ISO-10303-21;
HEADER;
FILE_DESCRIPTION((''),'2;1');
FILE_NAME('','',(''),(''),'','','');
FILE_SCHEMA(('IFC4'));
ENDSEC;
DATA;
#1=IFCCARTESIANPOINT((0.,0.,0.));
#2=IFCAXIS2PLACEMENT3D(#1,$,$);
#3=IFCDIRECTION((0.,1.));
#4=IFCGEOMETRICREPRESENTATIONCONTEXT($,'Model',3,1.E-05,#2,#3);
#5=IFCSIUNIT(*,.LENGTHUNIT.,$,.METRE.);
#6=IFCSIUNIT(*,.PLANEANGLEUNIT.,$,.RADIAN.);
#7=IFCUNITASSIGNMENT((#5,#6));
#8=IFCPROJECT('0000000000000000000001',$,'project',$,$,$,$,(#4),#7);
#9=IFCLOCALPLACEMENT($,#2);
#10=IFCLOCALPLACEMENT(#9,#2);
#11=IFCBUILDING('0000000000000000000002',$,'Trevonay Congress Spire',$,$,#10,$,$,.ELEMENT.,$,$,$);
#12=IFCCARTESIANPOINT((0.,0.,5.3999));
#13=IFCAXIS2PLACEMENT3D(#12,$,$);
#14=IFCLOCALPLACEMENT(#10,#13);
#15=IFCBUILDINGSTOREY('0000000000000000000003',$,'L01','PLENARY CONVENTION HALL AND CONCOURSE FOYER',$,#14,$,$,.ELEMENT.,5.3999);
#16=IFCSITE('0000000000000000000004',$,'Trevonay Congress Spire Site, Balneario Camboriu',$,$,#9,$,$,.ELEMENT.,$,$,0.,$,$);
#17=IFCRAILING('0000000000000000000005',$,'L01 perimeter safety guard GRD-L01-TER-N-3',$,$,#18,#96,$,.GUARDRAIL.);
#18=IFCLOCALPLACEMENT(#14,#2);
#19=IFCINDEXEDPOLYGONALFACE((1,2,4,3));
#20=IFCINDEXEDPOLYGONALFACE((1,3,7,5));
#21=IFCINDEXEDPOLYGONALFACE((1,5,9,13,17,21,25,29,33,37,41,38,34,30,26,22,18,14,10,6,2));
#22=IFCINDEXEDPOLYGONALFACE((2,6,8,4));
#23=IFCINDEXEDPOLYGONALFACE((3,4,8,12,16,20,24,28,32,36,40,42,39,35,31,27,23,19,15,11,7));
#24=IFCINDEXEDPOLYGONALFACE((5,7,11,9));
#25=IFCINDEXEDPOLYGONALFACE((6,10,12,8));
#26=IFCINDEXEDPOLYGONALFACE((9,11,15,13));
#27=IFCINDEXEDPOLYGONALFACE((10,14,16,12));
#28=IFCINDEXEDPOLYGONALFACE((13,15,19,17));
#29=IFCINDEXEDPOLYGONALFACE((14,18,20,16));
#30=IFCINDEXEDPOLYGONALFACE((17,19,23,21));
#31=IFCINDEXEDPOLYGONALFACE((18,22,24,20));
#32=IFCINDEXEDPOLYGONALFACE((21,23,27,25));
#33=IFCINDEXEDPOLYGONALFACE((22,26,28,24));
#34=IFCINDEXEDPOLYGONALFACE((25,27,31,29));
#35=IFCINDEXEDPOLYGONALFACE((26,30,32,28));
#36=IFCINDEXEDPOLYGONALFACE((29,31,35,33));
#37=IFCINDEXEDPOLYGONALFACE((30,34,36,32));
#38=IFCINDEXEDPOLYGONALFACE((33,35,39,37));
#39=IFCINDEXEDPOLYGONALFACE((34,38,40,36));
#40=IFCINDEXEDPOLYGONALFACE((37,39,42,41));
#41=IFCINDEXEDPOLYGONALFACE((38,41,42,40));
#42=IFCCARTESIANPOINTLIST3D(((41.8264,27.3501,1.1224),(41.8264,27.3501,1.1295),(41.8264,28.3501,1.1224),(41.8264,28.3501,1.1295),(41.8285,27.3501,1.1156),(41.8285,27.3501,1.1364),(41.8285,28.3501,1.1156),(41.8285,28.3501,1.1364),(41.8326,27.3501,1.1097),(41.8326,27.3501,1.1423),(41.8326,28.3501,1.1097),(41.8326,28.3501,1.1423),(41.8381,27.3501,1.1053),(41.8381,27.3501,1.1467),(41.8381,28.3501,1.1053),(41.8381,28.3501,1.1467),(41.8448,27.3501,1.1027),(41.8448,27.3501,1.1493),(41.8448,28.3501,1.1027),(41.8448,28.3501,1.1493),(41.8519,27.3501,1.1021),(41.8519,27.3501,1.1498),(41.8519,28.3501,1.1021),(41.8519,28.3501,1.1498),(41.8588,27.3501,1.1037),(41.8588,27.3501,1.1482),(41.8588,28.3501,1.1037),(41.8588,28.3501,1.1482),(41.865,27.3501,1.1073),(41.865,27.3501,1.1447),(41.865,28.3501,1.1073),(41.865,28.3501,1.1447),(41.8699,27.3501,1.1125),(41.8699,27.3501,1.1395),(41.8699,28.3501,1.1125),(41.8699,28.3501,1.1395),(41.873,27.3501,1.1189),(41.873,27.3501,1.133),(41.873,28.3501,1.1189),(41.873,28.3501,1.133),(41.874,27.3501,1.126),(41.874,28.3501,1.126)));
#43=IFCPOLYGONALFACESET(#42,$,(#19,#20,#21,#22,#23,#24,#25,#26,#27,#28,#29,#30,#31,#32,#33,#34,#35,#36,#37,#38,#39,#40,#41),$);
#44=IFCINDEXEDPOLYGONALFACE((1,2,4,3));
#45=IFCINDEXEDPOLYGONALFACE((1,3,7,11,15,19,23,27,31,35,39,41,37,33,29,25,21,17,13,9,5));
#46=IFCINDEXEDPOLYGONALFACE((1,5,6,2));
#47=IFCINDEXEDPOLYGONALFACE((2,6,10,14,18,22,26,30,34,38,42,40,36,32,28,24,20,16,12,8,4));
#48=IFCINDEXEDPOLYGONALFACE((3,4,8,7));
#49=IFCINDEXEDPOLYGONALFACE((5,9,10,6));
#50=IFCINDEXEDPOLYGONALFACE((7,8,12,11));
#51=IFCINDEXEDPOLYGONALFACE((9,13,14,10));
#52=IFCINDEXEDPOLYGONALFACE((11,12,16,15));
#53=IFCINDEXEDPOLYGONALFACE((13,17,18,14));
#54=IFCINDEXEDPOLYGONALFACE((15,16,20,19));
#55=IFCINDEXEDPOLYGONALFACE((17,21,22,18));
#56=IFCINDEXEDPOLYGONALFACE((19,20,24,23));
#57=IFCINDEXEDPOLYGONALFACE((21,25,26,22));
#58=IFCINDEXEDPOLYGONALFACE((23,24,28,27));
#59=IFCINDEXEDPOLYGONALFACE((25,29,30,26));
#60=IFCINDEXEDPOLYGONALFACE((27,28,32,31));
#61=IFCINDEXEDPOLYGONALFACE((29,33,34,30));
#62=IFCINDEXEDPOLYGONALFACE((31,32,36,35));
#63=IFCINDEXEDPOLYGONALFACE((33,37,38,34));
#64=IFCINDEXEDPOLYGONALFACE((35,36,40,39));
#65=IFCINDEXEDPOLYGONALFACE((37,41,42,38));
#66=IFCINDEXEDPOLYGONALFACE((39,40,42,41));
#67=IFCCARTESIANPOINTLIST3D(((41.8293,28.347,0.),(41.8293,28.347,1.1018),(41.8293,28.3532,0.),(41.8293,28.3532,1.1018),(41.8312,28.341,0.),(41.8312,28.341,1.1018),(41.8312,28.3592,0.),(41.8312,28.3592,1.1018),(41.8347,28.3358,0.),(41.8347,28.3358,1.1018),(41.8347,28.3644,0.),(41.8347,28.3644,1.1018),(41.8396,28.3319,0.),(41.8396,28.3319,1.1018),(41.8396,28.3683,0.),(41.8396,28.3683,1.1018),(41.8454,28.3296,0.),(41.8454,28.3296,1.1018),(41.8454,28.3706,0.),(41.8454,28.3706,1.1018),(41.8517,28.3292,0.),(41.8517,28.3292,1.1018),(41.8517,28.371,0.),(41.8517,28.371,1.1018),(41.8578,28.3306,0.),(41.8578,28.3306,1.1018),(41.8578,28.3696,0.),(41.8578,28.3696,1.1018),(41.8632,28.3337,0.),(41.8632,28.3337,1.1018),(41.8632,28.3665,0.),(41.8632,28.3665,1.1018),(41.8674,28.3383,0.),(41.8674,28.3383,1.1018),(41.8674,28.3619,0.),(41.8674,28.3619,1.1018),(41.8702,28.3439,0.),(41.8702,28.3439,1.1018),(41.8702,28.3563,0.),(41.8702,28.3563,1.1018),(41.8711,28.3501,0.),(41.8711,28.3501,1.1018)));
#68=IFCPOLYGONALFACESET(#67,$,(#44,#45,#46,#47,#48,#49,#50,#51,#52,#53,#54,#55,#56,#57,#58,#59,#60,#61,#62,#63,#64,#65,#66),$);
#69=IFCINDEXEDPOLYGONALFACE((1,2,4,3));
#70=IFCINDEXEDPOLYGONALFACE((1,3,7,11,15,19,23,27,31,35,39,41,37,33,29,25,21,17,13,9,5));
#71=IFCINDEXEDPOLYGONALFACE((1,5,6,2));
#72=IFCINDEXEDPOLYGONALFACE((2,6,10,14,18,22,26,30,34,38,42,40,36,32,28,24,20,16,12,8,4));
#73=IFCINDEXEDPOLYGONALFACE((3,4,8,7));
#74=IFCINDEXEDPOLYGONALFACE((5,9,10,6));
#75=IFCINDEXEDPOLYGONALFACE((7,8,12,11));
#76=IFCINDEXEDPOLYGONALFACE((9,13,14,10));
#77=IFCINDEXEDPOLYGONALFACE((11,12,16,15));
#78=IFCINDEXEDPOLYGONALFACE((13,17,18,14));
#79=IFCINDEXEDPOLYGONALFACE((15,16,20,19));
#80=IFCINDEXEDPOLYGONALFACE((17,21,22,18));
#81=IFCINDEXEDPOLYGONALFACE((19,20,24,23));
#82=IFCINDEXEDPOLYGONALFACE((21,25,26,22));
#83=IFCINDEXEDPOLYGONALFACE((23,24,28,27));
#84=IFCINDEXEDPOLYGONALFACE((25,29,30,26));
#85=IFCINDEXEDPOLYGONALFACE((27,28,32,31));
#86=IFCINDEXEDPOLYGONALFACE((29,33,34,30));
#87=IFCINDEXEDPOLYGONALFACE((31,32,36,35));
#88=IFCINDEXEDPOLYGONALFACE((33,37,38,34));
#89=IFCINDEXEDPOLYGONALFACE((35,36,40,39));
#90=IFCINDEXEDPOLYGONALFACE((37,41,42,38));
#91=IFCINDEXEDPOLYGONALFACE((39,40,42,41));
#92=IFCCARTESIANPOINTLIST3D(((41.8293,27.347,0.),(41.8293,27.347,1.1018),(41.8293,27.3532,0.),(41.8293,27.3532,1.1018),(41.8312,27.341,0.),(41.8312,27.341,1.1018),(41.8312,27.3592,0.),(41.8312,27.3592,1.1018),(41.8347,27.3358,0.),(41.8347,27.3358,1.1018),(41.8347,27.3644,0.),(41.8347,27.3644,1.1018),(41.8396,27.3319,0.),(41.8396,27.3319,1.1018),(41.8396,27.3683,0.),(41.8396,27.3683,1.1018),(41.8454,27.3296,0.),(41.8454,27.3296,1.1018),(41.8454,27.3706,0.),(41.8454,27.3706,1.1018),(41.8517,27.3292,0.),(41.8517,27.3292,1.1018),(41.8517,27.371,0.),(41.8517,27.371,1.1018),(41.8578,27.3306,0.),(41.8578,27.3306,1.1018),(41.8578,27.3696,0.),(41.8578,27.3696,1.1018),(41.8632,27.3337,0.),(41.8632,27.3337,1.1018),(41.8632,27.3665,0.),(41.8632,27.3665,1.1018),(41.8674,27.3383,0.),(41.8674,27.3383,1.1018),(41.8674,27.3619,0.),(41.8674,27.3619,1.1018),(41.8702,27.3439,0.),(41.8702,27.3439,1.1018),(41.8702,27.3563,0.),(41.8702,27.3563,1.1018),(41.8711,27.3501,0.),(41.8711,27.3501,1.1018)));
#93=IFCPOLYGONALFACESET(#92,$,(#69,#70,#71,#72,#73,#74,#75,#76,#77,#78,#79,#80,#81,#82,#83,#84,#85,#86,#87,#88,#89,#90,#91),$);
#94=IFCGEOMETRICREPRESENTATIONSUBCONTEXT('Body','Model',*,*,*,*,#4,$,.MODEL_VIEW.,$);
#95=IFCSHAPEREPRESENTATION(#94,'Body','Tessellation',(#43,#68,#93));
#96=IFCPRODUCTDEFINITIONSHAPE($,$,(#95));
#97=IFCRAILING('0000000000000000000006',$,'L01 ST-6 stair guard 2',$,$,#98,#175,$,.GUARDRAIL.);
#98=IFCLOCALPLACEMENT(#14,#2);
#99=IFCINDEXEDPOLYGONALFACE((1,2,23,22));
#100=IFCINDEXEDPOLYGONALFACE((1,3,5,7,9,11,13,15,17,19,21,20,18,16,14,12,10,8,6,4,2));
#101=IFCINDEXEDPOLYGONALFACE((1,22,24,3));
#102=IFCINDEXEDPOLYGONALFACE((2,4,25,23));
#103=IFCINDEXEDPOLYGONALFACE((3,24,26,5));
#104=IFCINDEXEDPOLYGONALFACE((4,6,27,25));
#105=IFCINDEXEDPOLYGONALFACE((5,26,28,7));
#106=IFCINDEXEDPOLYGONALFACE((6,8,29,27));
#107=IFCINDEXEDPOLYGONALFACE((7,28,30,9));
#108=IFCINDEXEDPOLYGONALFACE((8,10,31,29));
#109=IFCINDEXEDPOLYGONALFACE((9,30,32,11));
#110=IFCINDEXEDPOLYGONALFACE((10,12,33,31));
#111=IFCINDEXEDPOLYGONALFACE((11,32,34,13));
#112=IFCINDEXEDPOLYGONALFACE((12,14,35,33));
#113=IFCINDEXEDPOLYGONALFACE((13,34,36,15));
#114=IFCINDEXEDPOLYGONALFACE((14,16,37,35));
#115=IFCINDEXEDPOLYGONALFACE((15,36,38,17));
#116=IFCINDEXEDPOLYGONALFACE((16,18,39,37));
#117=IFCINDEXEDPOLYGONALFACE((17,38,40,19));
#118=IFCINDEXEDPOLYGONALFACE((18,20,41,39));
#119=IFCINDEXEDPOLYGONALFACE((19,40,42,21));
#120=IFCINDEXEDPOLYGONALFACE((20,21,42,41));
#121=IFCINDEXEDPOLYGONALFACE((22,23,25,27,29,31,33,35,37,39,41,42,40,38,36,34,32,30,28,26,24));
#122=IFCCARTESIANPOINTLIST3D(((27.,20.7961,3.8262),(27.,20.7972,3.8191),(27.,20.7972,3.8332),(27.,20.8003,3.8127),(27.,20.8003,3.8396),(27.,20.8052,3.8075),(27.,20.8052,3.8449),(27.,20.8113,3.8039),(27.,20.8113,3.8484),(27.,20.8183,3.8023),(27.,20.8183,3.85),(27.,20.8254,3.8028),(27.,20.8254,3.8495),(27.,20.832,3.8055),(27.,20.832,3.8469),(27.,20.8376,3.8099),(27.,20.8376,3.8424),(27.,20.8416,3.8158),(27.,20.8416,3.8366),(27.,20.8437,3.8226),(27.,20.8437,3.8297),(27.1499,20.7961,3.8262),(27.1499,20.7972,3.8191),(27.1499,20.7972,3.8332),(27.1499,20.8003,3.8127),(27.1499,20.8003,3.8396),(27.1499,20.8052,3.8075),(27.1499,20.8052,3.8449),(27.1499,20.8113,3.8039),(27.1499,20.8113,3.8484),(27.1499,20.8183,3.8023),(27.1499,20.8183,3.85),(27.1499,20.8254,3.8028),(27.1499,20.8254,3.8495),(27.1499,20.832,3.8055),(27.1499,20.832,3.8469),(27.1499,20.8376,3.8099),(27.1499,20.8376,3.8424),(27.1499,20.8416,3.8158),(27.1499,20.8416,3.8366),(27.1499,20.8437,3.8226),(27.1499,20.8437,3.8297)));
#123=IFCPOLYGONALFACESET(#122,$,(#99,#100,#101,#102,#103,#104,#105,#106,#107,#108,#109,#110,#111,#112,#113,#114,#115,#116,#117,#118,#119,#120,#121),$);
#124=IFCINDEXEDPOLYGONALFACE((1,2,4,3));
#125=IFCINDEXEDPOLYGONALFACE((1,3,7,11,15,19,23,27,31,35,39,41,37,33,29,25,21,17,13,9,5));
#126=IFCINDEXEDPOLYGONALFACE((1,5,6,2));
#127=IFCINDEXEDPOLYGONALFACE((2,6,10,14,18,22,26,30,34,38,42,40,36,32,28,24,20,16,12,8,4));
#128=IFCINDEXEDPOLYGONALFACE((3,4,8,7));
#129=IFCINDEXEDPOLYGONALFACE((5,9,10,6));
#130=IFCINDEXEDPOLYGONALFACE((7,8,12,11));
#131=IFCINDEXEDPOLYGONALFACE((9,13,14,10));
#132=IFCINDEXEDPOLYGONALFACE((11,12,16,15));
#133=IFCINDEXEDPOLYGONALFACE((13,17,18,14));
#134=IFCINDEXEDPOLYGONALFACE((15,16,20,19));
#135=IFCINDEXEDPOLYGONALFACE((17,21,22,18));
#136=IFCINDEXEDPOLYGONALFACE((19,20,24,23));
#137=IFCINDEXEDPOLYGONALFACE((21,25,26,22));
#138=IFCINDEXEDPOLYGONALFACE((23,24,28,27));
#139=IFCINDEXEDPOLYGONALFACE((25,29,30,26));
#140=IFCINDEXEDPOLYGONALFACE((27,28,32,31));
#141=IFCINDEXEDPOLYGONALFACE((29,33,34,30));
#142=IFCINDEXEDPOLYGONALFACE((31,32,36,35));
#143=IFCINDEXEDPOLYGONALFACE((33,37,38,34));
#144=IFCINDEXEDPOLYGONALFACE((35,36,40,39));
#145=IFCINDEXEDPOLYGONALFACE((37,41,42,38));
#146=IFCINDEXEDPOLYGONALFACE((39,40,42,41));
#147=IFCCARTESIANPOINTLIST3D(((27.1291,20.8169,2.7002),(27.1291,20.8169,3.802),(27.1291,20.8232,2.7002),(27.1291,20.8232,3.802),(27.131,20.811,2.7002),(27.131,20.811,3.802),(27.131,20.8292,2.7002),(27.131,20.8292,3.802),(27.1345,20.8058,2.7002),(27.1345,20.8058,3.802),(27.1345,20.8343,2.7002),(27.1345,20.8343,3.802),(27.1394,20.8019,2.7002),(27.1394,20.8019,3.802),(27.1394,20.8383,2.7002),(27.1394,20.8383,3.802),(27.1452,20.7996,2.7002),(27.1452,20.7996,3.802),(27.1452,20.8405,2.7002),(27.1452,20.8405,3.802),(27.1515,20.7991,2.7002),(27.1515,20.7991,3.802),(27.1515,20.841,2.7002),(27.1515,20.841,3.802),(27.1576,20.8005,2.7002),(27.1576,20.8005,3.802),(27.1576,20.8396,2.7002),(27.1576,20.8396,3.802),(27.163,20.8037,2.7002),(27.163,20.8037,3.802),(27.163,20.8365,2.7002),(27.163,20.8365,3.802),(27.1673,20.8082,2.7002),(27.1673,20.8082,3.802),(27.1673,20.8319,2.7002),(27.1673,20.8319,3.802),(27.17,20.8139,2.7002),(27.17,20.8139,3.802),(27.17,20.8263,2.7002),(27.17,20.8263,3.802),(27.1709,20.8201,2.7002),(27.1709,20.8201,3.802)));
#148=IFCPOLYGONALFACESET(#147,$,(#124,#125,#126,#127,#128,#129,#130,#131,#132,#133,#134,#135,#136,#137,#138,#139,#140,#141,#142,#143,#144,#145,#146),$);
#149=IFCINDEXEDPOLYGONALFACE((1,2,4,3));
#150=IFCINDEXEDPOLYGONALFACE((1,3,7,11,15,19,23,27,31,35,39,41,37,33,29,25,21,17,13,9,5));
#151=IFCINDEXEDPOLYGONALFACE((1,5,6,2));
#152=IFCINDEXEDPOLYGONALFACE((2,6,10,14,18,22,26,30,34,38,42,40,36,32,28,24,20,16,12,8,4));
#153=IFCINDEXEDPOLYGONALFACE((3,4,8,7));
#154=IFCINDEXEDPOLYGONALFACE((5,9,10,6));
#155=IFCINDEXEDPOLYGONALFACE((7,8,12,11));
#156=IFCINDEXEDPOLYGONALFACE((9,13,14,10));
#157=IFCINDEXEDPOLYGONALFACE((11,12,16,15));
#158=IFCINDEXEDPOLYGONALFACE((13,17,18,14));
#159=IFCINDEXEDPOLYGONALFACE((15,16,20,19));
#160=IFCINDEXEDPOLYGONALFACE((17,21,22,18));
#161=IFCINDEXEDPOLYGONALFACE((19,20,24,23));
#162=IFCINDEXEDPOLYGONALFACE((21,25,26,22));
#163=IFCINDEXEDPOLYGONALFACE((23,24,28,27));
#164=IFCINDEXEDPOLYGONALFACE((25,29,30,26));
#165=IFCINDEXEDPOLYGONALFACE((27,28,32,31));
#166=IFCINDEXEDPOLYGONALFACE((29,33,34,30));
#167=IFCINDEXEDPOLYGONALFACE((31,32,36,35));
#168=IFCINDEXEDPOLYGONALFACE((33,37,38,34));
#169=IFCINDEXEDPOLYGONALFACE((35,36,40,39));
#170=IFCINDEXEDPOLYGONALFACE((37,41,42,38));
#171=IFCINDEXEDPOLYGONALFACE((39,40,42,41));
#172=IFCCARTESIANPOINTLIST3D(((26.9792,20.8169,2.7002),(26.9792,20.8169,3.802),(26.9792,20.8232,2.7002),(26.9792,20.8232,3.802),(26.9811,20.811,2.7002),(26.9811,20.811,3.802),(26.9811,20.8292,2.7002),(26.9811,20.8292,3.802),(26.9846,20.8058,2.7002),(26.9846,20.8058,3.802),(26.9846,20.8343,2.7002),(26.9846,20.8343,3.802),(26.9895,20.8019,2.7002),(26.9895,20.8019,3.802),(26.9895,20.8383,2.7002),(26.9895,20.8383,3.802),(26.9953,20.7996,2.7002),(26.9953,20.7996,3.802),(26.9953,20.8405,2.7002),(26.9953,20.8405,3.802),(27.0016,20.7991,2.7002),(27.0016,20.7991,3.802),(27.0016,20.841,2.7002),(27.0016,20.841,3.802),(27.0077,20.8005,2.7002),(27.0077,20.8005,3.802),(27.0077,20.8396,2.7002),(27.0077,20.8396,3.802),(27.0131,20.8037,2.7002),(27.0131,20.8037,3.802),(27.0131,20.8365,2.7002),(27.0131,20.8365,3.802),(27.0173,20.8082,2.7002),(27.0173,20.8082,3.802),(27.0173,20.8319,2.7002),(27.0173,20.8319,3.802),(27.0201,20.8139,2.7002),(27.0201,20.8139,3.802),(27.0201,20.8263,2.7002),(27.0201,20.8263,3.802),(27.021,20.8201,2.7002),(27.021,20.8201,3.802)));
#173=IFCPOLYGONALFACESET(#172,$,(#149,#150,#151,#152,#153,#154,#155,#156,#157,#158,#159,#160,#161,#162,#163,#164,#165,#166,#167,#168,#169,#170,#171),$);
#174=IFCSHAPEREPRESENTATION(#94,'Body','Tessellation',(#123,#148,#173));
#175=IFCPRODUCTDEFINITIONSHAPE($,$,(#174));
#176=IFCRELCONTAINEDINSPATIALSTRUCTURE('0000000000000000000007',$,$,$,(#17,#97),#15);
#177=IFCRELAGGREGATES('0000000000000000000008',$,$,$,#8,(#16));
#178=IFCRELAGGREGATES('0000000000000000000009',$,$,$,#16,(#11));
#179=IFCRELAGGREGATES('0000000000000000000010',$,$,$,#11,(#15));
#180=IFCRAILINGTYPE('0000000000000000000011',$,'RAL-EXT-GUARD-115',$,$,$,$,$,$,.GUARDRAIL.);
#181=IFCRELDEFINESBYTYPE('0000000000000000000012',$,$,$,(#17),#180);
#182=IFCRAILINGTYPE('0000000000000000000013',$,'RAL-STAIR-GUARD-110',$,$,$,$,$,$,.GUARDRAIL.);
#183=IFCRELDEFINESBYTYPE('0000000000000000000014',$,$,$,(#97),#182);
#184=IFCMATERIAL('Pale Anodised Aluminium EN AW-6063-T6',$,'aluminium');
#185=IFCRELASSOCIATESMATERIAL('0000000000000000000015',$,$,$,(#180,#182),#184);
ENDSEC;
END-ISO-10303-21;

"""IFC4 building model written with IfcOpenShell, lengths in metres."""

from ifc_helpers import new_model, si_unit, direction, frame, origin, origin_2d, place, context, subcontext, project, spatial, circle, extrude, material, type_object, element, save


model = new_model("IFC4")

# Units and contexts
model_context = context("Model", 3, precision=1e-05, world=origin(), true_north=direction((0.0, 1.0)))
body_context = subcontext(model_context, "Body", "Model", "MODEL_VIEW")
ifc_project = project(units=[si_unit("LENGTHUNIT", "METRE"), si_unit("PLANEANGLEUNIT", "RADIAN")], contexts=[model_context])

# Site, building, storey
site_placement = place(None, origin())
site = spatial("IfcSite", under=ifc_project, at=site_placement, Name="Trevonay Congress Spire Site, Balneario Camboriu", CompositionType="ELEMENT", RefElevation=0.0)
building_placement = place(site_placement, origin())
building = spatial("IfcBuilding", under=site, at=building_placement, Name="Trevonay Congress Spire", CompositionType="ELEMENT")
storey_placement = place(building_placement, frame((0.0, 0.0, 5.3999)))
storey = spatial("IfcBuildingStorey", under=building, at=storey_placement, Name="L01", Description="PLENARY CONVENTION HALL AND CONCOURSE FOYER", CompositionType="ELEMENT", Elevation=5.3999)

# Shared definitions
ifc_material_1 = material(Name="Pale Anodised Aluminium EN AW-6063-T6", Category="aluminium")

# Railings
railing_type_1 = type_object("IfcRailingType", Name="RAL-EXT-GUARD-115", PredefinedType="GUARDRAIL", material=ifc_material_1)
railing_1_placement = place(storey_placement, frame((41.8501, 28.3501, 0.0)))
element("IfcRailing", 1, at=railing_1_placement, inside=storey, type_object=railing_type_1, Name="L01 perimeter safety guard GRD-L01-TER-N-3", PredefinedType="GUARDRAIL", context=body_context, shape_type="SweptSolid", body=[
    extrude(circle(Radius=0.0239, at=origin_2d()), frame((0.0, 0.0, 1.126), z_axis=(0.0, -1.0, 0.0), x_axis=(1.0, 0.0, 0.0)), (0.0, 0.0, 1.0), 1.0),
    extrude(circle(Radius=0.021, at=origin_2d()), origin(), (0.0, 0.0, 1.0), 1.1018),
    extrude(circle(Radius=0.021, at=origin_2d()), frame((0.0, -1.0, 0.0)), (0.0, 0.0, 1.0), 1.1018),
])
railing_type_2 = type_object("IfcRailingType", Name="RAL-STAIR-GUARD-110", PredefinedType="GUARDRAIL", material=ifc_material_1)
railing_2_placement = place(storey_placement, frame((27.1499, 20.8201, 2.7002)))
element("IfcRailing", 2, at=railing_2_placement, inside=storey, type_object=railing_type_2, Name="L01 ST-6 stair guard 2", PredefinedType="GUARDRAIL", context=body_context, shape_type="SweptSolid", body=[
    extrude(circle(Radius=0.0239, at=origin_2d()), frame((0.0, 0.0, 1.126), z_axis=(-1.0, 0.0, 0.0), x_axis=(0.0, -1.0, 0.0)), (0.0, 0.0, 1.0), 0.1499),
    extrude(circle(Radius=0.021, at=origin_2d()), origin(), (0.0, 0.0, 1.0), 1.1018),
    extrude(circle(Radius=0.021, at=origin_2d()), frame((-0.1499, 0.0, 0.0)), (0.0, 0.0, 1.0), 1.1018),
])

save(model, "model.ifc")
